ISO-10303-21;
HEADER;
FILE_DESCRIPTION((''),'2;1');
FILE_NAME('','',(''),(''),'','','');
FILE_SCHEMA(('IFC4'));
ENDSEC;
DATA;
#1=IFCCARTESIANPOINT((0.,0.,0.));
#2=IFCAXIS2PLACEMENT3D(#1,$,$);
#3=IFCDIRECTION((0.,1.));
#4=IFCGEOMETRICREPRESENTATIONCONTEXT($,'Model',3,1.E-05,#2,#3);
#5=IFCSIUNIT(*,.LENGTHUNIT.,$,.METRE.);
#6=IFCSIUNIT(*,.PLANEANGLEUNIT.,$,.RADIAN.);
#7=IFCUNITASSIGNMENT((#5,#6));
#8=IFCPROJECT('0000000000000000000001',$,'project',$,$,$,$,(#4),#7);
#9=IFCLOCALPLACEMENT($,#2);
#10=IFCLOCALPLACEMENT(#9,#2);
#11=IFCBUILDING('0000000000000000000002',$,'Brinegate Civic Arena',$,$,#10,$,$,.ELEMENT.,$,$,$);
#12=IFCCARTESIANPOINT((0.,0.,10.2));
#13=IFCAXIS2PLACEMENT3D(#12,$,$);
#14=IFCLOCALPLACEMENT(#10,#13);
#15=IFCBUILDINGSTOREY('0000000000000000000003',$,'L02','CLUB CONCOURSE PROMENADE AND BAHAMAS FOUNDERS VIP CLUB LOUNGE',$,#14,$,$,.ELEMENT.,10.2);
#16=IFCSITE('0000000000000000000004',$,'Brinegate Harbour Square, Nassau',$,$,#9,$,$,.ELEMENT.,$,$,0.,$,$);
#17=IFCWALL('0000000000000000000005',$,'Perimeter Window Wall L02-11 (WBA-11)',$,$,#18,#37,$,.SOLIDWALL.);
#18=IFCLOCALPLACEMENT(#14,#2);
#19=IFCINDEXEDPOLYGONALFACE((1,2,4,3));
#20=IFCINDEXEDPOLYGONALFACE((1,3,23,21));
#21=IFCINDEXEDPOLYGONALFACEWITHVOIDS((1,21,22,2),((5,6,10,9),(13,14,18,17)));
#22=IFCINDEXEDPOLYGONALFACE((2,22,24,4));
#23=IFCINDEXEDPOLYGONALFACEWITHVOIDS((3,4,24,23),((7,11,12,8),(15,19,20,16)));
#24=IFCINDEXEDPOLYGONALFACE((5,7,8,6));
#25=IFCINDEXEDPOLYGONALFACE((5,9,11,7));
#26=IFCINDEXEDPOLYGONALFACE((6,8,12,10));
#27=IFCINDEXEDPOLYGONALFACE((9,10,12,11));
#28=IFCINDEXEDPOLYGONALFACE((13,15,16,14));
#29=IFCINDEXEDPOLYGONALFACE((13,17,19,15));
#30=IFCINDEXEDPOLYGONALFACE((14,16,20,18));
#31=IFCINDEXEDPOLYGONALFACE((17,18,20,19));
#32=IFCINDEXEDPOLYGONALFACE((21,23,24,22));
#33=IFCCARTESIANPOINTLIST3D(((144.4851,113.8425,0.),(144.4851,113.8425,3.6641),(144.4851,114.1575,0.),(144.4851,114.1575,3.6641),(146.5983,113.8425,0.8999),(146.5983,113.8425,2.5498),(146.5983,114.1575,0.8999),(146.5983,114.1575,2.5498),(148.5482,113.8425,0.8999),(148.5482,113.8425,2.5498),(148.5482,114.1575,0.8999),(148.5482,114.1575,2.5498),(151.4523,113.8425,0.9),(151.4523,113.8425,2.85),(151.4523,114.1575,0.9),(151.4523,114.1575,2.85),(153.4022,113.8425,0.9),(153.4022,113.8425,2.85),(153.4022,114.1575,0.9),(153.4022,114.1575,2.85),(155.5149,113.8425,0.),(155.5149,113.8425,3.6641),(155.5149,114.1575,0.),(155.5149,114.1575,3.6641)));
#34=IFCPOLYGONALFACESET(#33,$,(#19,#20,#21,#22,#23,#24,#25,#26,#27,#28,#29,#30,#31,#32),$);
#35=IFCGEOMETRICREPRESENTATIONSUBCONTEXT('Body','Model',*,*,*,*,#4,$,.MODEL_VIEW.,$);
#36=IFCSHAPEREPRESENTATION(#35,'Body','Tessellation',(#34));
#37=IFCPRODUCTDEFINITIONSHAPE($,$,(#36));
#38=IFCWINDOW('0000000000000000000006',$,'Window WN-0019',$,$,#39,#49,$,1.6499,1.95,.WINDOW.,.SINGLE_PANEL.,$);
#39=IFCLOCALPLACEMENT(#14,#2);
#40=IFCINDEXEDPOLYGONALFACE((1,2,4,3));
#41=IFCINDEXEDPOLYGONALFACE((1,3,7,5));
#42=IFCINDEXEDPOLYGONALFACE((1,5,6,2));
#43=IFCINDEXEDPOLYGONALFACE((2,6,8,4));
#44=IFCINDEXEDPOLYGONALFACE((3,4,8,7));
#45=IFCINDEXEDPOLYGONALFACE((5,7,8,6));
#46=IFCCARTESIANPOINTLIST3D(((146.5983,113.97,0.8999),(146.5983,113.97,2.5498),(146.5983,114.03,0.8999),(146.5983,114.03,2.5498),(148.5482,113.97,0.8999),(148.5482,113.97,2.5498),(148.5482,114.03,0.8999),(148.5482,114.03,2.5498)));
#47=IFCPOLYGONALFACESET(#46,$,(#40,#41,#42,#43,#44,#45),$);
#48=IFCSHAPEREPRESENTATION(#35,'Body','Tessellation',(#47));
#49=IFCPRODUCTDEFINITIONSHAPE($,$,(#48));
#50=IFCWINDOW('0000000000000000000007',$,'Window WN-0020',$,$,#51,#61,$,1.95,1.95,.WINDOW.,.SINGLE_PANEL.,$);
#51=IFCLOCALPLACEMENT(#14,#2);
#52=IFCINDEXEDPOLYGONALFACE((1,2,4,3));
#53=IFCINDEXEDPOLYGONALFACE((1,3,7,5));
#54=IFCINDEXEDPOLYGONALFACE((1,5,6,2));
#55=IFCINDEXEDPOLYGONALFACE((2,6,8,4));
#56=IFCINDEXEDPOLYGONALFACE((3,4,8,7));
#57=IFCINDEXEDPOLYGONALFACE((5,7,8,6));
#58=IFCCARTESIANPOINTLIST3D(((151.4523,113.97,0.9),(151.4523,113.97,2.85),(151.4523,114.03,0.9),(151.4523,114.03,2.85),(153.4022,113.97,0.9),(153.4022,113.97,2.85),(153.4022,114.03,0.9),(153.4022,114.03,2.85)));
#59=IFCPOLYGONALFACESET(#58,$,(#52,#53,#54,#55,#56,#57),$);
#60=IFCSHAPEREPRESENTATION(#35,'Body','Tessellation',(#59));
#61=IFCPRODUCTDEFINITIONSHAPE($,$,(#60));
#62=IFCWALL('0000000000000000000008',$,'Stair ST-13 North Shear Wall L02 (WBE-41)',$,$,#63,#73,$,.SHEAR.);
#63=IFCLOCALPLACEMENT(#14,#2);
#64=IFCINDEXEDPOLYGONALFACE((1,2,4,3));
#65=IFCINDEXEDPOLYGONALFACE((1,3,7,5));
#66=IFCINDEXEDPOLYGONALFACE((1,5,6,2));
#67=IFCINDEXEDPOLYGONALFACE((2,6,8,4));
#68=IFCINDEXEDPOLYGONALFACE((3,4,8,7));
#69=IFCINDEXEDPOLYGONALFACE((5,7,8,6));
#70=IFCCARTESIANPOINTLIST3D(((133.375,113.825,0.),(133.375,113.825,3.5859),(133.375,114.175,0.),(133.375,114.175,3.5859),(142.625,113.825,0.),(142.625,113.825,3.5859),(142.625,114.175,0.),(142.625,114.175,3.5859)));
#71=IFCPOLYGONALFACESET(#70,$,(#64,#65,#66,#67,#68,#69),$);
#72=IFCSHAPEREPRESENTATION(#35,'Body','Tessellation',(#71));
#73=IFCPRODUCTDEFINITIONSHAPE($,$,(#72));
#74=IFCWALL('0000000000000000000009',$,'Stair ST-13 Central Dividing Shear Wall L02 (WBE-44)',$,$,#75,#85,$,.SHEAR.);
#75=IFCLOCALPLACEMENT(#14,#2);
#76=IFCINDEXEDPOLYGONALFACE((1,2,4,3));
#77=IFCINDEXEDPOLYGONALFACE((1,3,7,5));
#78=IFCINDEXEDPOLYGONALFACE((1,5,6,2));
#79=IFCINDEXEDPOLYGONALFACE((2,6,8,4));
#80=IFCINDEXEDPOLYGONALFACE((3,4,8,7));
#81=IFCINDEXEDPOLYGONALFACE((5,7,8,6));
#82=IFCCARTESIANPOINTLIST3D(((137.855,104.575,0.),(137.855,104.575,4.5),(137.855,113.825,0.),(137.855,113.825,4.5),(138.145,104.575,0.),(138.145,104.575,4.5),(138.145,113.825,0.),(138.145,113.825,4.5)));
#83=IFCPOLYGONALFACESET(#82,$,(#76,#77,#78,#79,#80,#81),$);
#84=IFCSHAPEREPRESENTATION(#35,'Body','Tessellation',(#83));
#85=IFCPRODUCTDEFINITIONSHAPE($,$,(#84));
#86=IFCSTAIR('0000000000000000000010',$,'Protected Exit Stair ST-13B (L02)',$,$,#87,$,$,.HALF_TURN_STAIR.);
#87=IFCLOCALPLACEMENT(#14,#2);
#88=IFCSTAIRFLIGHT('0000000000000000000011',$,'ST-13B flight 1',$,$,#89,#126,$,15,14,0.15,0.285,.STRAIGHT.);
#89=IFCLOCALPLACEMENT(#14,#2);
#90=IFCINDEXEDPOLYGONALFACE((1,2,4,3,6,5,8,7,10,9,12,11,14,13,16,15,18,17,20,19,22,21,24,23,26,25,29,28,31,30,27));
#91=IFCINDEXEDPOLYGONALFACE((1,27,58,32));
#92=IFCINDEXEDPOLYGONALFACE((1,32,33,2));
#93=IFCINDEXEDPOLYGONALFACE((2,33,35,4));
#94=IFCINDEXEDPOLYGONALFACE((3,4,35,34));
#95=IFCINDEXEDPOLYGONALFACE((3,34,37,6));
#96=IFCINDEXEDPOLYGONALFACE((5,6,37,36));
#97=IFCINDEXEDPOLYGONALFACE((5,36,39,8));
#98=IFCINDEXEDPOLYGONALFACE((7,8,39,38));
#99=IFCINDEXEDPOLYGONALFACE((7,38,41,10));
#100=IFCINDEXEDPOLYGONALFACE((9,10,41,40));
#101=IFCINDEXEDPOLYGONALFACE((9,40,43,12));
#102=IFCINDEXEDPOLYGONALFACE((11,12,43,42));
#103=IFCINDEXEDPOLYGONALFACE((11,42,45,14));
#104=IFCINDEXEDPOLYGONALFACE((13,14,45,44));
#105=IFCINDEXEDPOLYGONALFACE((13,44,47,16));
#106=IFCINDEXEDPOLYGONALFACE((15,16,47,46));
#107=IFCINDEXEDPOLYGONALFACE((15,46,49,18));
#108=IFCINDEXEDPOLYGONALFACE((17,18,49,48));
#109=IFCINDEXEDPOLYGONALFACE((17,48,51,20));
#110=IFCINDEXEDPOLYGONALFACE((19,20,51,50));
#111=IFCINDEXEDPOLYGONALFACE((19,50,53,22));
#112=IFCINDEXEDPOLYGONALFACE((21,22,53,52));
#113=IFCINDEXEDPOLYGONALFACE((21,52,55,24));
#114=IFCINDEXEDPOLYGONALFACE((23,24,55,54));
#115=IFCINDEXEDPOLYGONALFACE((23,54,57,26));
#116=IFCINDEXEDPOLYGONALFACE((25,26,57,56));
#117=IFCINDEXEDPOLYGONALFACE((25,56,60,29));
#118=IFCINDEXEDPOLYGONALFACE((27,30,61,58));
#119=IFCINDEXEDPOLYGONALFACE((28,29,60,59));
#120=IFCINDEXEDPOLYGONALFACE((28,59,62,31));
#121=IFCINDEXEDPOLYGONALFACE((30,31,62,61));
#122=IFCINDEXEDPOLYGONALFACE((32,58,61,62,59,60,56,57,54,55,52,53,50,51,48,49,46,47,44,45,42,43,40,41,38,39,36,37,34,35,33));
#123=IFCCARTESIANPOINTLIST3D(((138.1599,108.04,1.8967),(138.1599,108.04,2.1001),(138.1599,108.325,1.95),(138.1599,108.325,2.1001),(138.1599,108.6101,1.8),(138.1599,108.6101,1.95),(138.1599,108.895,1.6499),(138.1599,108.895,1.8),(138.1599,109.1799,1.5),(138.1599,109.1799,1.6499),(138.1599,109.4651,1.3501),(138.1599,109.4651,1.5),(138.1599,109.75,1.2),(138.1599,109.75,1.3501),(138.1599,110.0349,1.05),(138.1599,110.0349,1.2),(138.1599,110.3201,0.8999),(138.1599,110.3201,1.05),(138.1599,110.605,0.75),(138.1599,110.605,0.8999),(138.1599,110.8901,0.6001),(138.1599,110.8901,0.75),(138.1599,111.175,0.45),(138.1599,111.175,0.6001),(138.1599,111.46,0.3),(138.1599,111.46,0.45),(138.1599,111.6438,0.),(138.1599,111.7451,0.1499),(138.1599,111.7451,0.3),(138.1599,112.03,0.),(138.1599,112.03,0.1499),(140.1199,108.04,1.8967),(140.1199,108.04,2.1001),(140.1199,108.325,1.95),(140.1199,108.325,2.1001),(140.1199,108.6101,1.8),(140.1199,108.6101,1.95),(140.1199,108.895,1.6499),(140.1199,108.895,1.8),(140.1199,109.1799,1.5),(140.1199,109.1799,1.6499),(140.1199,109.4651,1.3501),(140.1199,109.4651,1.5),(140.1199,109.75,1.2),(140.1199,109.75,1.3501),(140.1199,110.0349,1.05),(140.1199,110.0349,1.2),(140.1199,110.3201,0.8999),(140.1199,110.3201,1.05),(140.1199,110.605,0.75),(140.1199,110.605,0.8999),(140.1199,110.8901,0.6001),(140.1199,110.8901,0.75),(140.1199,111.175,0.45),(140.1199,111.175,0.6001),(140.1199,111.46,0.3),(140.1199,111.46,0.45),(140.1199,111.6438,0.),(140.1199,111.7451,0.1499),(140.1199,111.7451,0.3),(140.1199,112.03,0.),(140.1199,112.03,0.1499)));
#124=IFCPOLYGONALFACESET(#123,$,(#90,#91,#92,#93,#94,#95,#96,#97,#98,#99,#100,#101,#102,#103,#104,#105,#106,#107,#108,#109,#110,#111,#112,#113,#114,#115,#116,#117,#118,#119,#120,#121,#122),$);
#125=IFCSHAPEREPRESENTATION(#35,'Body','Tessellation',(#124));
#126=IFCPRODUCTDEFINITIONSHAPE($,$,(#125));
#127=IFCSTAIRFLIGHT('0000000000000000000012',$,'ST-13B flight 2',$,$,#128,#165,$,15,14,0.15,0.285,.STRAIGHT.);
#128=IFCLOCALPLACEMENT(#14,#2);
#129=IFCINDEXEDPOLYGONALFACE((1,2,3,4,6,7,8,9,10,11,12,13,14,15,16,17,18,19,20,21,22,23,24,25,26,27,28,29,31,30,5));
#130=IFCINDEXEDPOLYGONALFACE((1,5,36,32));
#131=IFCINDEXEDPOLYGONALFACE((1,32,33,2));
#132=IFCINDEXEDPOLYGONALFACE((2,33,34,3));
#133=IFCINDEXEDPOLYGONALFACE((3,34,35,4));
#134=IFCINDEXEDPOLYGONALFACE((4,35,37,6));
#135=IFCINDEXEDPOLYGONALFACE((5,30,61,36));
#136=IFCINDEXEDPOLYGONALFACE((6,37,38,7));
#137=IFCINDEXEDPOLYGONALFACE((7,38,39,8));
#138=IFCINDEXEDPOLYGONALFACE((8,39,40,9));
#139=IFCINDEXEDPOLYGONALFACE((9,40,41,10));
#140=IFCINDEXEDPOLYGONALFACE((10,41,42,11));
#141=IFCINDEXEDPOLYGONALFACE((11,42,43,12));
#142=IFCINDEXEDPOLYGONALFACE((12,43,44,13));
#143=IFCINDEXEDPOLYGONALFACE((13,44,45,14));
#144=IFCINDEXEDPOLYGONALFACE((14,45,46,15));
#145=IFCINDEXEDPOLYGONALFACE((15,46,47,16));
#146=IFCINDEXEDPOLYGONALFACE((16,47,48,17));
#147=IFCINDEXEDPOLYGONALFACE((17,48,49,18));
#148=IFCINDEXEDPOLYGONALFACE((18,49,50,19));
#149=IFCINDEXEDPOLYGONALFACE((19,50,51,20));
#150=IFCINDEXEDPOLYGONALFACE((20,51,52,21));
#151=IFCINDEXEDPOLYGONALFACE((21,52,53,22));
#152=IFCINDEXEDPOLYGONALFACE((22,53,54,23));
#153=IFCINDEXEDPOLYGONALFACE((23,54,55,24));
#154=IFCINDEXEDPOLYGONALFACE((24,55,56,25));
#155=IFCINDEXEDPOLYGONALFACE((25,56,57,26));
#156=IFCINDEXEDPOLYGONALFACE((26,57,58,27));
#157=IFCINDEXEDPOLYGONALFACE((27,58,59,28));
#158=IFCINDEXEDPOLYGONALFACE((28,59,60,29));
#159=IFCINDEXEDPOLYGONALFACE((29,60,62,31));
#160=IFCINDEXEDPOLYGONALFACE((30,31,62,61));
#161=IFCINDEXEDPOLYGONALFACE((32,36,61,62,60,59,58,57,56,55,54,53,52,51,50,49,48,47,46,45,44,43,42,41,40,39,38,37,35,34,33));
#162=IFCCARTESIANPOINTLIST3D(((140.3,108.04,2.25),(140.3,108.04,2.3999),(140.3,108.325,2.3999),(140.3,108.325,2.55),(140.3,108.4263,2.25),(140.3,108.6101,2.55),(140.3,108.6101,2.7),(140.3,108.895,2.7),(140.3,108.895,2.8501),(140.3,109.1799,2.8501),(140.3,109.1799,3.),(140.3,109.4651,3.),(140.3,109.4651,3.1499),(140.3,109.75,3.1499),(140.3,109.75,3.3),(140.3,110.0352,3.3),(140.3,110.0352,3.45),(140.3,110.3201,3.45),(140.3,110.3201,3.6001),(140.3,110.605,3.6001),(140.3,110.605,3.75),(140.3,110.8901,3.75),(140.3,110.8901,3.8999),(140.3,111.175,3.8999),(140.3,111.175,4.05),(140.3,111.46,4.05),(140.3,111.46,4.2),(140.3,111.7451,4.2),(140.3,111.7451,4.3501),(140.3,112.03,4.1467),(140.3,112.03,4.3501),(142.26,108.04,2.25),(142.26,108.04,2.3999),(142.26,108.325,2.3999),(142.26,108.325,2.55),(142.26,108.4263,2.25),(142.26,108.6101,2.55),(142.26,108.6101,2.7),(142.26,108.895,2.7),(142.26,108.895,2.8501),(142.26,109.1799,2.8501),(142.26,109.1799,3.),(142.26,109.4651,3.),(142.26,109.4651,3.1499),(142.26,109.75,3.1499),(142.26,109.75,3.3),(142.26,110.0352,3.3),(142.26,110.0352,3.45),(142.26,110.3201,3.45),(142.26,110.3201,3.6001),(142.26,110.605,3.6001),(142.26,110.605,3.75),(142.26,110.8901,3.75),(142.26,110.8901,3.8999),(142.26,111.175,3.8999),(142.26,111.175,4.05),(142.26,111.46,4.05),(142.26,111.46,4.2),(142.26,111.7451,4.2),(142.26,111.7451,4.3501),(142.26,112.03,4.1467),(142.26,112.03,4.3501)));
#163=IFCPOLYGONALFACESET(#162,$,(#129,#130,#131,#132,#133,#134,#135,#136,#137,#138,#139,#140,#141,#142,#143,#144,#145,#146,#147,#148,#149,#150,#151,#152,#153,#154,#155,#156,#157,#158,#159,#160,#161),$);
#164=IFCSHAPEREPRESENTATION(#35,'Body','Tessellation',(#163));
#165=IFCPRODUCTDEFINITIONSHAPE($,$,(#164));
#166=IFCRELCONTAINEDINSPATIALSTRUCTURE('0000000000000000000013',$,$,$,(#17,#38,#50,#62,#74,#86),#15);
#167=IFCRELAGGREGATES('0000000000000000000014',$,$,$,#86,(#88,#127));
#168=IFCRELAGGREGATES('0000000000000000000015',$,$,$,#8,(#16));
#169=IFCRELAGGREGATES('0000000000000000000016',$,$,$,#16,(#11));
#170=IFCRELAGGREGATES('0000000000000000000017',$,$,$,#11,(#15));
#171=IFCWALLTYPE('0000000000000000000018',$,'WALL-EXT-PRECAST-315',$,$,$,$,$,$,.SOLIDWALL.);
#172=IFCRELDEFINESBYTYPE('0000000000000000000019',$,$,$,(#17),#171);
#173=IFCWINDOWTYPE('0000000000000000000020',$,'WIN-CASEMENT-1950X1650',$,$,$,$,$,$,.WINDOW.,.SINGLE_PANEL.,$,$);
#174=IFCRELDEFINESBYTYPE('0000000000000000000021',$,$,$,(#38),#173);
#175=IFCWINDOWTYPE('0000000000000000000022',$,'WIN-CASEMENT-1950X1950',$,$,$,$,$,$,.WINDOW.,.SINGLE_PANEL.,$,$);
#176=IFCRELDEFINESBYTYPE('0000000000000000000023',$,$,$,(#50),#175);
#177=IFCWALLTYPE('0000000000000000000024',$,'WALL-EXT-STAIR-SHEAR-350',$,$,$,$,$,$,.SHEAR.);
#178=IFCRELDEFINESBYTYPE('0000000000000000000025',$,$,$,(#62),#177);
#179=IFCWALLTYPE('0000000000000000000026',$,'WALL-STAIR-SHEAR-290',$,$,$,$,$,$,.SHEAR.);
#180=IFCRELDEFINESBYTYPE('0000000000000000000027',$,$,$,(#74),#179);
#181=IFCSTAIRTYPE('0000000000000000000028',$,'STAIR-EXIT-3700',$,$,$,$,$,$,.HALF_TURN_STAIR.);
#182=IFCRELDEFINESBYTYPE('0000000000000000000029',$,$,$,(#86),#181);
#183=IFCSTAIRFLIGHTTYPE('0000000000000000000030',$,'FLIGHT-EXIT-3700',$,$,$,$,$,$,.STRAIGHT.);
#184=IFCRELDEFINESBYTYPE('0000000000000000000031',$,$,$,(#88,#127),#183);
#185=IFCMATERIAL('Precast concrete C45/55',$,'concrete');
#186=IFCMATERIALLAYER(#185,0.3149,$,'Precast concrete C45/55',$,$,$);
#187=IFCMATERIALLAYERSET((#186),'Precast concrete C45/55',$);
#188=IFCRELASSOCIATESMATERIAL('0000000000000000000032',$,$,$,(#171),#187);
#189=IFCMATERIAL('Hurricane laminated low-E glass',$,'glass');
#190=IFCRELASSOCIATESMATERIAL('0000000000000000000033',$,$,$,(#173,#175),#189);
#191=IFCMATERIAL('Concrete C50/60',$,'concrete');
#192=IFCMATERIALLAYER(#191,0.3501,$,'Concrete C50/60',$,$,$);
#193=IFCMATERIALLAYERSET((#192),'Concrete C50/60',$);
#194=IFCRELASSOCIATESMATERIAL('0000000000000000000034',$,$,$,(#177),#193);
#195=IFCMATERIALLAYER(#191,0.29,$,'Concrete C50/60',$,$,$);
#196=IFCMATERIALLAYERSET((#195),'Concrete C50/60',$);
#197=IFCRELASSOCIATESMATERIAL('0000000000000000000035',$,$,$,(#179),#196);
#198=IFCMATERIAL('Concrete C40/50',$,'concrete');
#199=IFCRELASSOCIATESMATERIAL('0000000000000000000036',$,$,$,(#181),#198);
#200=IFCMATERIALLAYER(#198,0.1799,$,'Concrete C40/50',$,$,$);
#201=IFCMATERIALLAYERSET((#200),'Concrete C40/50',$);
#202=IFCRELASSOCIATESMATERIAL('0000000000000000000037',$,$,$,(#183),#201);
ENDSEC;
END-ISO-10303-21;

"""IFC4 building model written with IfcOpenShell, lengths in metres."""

from ifc_helpers import new_model, si_unit, direction, frame, frame_2d, origin, place, context, subcontext, project, spatial, polyline, rectangle, outline, extrude, material, layer, layer_set, type_object, element, fill, aggregate, save


model = new_model("IFC4")

# Units and contexts
model_context = context("Model", 3, precision=1e-05, world=origin(), true_north=direction((0.0, 1.0)))
body_context = subcontext(model_context, "Body", "Model", "MODEL_VIEW")
ifc_project = project(units=[si_unit("LENGTHUNIT", "METRE"), si_unit("PLANEANGLEUNIT", "RADIAN")], contexts=[model_context])

# Site, building, storey
site_placement = place(None, origin())
site = spatial("IfcSite", under=ifc_project, at=site_placement, Name="Brinegate Harbour Square, Nassau", CompositionType="ELEMENT", RefElevation=0.0)
building_placement = place(site_placement, origin())
building = spatial("IfcBuilding", under=site, at=building_placement, Name="Brinegate Civic Arena", CompositionType="ELEMENT")
storey_placement = place(building_placement, frame((0.0, 0.0, 10.2)))
storey = spatial("IfcBuildingStorey", under=building, at=storey_placement, Name="L02", Description="CLUB CONCOURSE PROMENADE AND BAHAMAS FOUNDERS VIP CLUB LOUNGE", CompositionType="ELEMENT", Elevation=10.2)

# Shared definitions
ifc_material_1 = material(Name="Concrete C50/60", Category="concrete")

# Wall, openings, windows
ifc_material_2 = material(Name="Precast concrete C45/55", Category="concrete")
ifc_layer_1 = layer(ifc_material_2, 0.3149, Name="Precast concrete C45/55")
ifc_layer_set_1 = layer_set([ifc_layer_1], Name="Precast concrete C45/55")
wall_type_1 = type_object("IfcWallType", Name="WALL-EXT-PRECAST-315", PredefinedType="SOLIDWALL", material=ifc_layer_set_1)
wall_1_placement = place(storey_placement, frame((144.4851, 114.0, 0.0), z_axis=(0.0, 0.0, 1.0), x_axis=(1.0, 0.0, 0.0)))
wall_1 = element("IfcWall", 1, at=wall_1_placement, inside=storey, type_object=wall_type_1, Name="Perimeter Window Wall L02-11 (WBA-11)", PredefinedType="SOLIDWALL", context=body_context, shape_type="SweptSolid", body=[
    extrude(rectangle(XDim=11.0298, YDim=0.3149, at=frame_2d((5.5149, 0.0))), origin(), (0.0, 0.0, 1.0), 3.6641),
])
opening_1_placement = place(wall_1_placement, frame((2.113, 0.0, 0.8999)))
opening_1 = element("IfcOpeningElement", 2, at=opening_1_placement, cuts=wall_1, PredefinedType="OPENING", context=body_context, shape_type="SweptSolid", body=[
    extrude(rectangle(XDim=1.95, YDim=1.6499, at=frame_2d((0.9751, 0.825))), frame((0.0, 0.1675, 0.0), z_axis=(0.0, -1.0, 0.0), x_axis=(1.0, 0.0, 0.0)), (0.0, 0.0, 1.0), 0.335),
])
opening_2_placement = place(wall_1_placement, frame((6.967, 0.0, 0.8999)))
opening_2 = element("IfcOpeningElement", 3, at=opening_2_placement, cuts=wall_1, PredefinedType="OPENING", context=body_context, shape_type="SweptSolid", body=[
    extrude(rectangle(XDim=1.95, YDim=1.95, at=frame_2d((0.9751, 0.9751))), frame((0.0, 0.1675, 0.0), z_axis=(0.0, -1.0, 0.0), x_axis=(1.0, 0.0, 0.0)), (0.0, 0.0, 1.0), 0.335),
])
ifc_material_3 = material(Name="Hurricane laminated low-E glass", Category="glass")
window_type_1 = type_object("IfcWindowType", Name="WIN-CASEMENT-1950X1650", PartitioningType="SINGLE_PANEL", PredefinedType="WINDOW", material=ifc_material_3)
window_1_placement = place(opening_1_placement, origin())
window_1 = element("IfcWindow", 4, at=window_1_placement, inside=storey, type_object=window_type_1, Name="Window WN-0019", OverallHeight=1.6499, OverallWidth=1.95, PartitioningType="SINGLE_PANEL", PredefinedType="WINDOW", context=body_context, shape_type="SweptSolid", body=[
    extrude(rectangle(XDim=1.95, YDim=1.6499, at=frame_2d((0.9751, 0.825))), frame((0.0, 0.03, 0.0), z_axis=(0.0, -1.0, 0.0), x_axis=(1.0, 0.0, 0.0)), (0.0, 0.0, 1.0), 0.0601),
])
fill(opening_1, window_1)
window_type_2 = type_object("IfcWindowType", Name="WIN-CASEMENT-1950X1950", PartitioningType="SINGLE_PANEL", PredefinedType="WINDOW", material=ifc_material_3)
window_2_placement = place(opening_2_placement, origin())
window_2 = element("IfcWindow", 5, at=window_2_placement, inside=storey, type_object=window_type_2, Name="Window WN-0020", OverallHeight=1.95, OverallWidth=1.95, PartitioningType="SINGLE_PANEL", PredefinedType="WINDOW", context=body_context, shape_type="SweptSolid", body=[
    extrude(rectangle(XDim=1.95, YDim=1.95, at=frame_2d((0.9751, 0.9751))), frame((0.0, 0.03, 0.0), z_axis=(0.0, -1.0, 0.0), x_axis=(1.0, 0.0, 0.0)), (0.0, 0.0, 1.0), 0.0601),
])
fill(opening_2, window_2)

# Walls
ifc_layer_2 = layer(ifc_material_1, 0.3501, Name="Concrete C50/60")
ifc_layer_set_2 = layer_set([ifc_layer_2], Name="Concrete C50/60")
wall_type_2 = type_object("IfcWallType", Name="WALL-EXT-STAIR-SHEAR-350", PredefinedType="SHEAR", material=ifc_layer_set_2)
wall_2_placement = place(storey_placement, frame((133.375, 114.0, 0.0), z_axis=(0.0, 0.0, 1.0), x_axis=(1.0, 0.0, 0.0)))
element("IfcWall", 6, at=wall_2_placement, inside=storey, type_object=wall_type_2, Name="Stair ST-13 North Shear Wall L02 (WBE-41)", PredefinedType="SHEAR", context=body_context, shape_type="SweptSolid", body=[
    extrude(rectangle(XDim=9.25, YDim=0.3501, at=frame_2d((4.625, 0.0))), origin(), (0.0, 0.0, 1.0), 3.5859),
])
ifc_layer_3 = layer(ifc_material_1, 0.29, Name="Concrete C50/60")
ifc_layer_set_3 = layer_set([ifc_layer_3], Name="Concrete C50/60")
wall_type_3 = type_object("IfcWallType", Name="WALL-STAIR-SHEAR-290", PredefinedType="SHEAR", material=ifc_layer_set_3)
wall_3_placement = place(storey_placement, frame((138.0, 104.575, 0.0), z_axis=(0.0, 0.0, 1.0), x_axis=(0.0, 1.0, 0.0)))
element("IfcWall", 7, at=wall_3_placement, inside=storey, type_object=wall_type_3, Name="Stair ST-13 Central Dividing Shear Wall L02 (WBE-44)", PredefinedType="SHEAR", context=body_context, shape_type="SweptSolid", body=[
    extrude(rectangle(XDim=9.25, YDim=0.29, at=frame_2d((4.625, 0.0))), origin(), (0.0, 0.0, 1.0), 4.5),
])

# Stair, stair flights
ifc_material_4 = material(Name="Concrete C40/50", Category="concrete")
stair_type_1 = type_object("IfcStairType", Name="STAIR-EXIT-3700", PredefinedType="HALF_TURN_STAIR", material=ifc_material_4)
stair_1_placement = place(storey_placement, origin())
stair_1 = element("IfcStair", 8, at=stair_1_placement, inside=storey, type_object=stair_type_1, Name="Protected Exit Stair ST-13B (L02)", PredefinedType="HALF_TURN_STAIR")
ifc_layer_4 = layer(ifc_material_4, 0.1799, Name="Concrete C40/50")
ifc_layer_set_4 = layer_set([ifc_layer_4], Name="Concrete C40/50")
stair_flight_type_1 = type_object("IfcStairFlightType", Name="FLIGHT-EXIT-3700", PredefinedType="STRAIGHT", material=ifc_layer_set_4)
stair_flight_1_placement = place(storey_placement, frame((139.1399, 112.03, 0.0), z_axis=(0.0, 0.0, 1.0), x_axis=(0.0, -1.0, 0.0)))
stair_flight_1 = element("IfcStairFlight", 9, at=stair_flight_1_placement, type_object=stair_flight_type_1, Name="ST-13B flight 1", NumberOfRisers=15, NumberOfTreads=14, PredefinedType="STRAIGHT", RiserHeight=0.15, TreadLength=0.285, context=body_context, shape_type="SweptSolid", body=[
    extrude(outline(polyline([(0.0, 0.0), (0.0, 0.1499), (0.2849, 0.1499), (0.2849, 0.3), (0.5701, 0.3), (0.5701, 0.45), (0.855, 0.45), (0.855, 0.6001), (1.1399, 0.6001), (1.1399, 0.75), (1.425, 0.75), (1.425, 0.8999), (1.71, 0.8999), (1.71, 1.05), (1.9951, 1.05), (1.9951, 1.2), (2.28, 1.2), (2.28, 1.3501), (2.5649, 1.3501), (2.5649, 1.5), (2.8501, 1.5), (2.8501, 1.6499), (3.135, 1.6499), (3.135, 1.8), (3.4199, 1.8), (3.4199, 1.95), (3.7051, 1.95), (3.7051, 2.1001), (3.99, 2.1001), (3.99, 2.25), (3.99, 1.8967), (0.3862, 0.0), (0.0, 0.0)])), frame((0.0, 0.98, 0.0), z_axis=(0.0, -1.0, 0.0), x_axis=(1.0, 0.0, 0.0)), (0.0, 0.0, 1.0), 1.96),
])
stair_flight_2_placement = place(storey_placement, frame((141.28, 108.04, 2.25), z_axis=(0.0, 0.0, 1.0), x_axis=(0.0, 1.0, 0.0)))
stair_flight_2 = element("IfcStairFlight", 10, at=stair_flight_2_placement, type_object=stair_flight_type_1, Name="ST-13B flight 2", NumberOfRisers=15, NumberOfTreads=14, PredefinedType="STRAIGHT", RiserHeight=0.15, TreadLength=0.285, context=body_context, shape_type="SweptSolid", body=[
    extrude(outline(polyline([(0.0, 0.0), (0.0, 0.1499), (0.2849, 0.1499), (0.2849, 0.3), (0.5701, 0.3), (0.5701, 0.45), (0.855, 0.45), (0.855, 0.6001), (1.1399, 0.6001), (1.1399, 0.75), (1.425, 0.75), (1.425, 0.8999), (1.71, 0.8999), (1.71, 1.05), (1.9951, 1.05), (1.9951, 1.2), (2.28, 1.2), (2.28, 1.3501), (2.5649, 1.3501), (2.5649, 1.5), (2.8501, 1.5), (2.8501, 1.6499), (3.135, 1.6499), (3.135, 1.8), (3.4199, 1.8), (3.4199, 1.95), (3.7051, 1.95), (3.7051, 2.1001), (3.99, 2.1001), (3.99, 2.25), (3.99, 1.8967), (0.3862, 0.0), (0.0, 0.0)])), frame((0.0, 0.98, 0.0), z_axis=(0.0, -1.0, 0.0), x_axis=(1.0, 0.0, 0.0)), (0.0, 0.0, 1.0), 1.96),
])
aggregate(stair_1, [stair_flight_1, stair_flight_2])

save(model, "model.ifc")
